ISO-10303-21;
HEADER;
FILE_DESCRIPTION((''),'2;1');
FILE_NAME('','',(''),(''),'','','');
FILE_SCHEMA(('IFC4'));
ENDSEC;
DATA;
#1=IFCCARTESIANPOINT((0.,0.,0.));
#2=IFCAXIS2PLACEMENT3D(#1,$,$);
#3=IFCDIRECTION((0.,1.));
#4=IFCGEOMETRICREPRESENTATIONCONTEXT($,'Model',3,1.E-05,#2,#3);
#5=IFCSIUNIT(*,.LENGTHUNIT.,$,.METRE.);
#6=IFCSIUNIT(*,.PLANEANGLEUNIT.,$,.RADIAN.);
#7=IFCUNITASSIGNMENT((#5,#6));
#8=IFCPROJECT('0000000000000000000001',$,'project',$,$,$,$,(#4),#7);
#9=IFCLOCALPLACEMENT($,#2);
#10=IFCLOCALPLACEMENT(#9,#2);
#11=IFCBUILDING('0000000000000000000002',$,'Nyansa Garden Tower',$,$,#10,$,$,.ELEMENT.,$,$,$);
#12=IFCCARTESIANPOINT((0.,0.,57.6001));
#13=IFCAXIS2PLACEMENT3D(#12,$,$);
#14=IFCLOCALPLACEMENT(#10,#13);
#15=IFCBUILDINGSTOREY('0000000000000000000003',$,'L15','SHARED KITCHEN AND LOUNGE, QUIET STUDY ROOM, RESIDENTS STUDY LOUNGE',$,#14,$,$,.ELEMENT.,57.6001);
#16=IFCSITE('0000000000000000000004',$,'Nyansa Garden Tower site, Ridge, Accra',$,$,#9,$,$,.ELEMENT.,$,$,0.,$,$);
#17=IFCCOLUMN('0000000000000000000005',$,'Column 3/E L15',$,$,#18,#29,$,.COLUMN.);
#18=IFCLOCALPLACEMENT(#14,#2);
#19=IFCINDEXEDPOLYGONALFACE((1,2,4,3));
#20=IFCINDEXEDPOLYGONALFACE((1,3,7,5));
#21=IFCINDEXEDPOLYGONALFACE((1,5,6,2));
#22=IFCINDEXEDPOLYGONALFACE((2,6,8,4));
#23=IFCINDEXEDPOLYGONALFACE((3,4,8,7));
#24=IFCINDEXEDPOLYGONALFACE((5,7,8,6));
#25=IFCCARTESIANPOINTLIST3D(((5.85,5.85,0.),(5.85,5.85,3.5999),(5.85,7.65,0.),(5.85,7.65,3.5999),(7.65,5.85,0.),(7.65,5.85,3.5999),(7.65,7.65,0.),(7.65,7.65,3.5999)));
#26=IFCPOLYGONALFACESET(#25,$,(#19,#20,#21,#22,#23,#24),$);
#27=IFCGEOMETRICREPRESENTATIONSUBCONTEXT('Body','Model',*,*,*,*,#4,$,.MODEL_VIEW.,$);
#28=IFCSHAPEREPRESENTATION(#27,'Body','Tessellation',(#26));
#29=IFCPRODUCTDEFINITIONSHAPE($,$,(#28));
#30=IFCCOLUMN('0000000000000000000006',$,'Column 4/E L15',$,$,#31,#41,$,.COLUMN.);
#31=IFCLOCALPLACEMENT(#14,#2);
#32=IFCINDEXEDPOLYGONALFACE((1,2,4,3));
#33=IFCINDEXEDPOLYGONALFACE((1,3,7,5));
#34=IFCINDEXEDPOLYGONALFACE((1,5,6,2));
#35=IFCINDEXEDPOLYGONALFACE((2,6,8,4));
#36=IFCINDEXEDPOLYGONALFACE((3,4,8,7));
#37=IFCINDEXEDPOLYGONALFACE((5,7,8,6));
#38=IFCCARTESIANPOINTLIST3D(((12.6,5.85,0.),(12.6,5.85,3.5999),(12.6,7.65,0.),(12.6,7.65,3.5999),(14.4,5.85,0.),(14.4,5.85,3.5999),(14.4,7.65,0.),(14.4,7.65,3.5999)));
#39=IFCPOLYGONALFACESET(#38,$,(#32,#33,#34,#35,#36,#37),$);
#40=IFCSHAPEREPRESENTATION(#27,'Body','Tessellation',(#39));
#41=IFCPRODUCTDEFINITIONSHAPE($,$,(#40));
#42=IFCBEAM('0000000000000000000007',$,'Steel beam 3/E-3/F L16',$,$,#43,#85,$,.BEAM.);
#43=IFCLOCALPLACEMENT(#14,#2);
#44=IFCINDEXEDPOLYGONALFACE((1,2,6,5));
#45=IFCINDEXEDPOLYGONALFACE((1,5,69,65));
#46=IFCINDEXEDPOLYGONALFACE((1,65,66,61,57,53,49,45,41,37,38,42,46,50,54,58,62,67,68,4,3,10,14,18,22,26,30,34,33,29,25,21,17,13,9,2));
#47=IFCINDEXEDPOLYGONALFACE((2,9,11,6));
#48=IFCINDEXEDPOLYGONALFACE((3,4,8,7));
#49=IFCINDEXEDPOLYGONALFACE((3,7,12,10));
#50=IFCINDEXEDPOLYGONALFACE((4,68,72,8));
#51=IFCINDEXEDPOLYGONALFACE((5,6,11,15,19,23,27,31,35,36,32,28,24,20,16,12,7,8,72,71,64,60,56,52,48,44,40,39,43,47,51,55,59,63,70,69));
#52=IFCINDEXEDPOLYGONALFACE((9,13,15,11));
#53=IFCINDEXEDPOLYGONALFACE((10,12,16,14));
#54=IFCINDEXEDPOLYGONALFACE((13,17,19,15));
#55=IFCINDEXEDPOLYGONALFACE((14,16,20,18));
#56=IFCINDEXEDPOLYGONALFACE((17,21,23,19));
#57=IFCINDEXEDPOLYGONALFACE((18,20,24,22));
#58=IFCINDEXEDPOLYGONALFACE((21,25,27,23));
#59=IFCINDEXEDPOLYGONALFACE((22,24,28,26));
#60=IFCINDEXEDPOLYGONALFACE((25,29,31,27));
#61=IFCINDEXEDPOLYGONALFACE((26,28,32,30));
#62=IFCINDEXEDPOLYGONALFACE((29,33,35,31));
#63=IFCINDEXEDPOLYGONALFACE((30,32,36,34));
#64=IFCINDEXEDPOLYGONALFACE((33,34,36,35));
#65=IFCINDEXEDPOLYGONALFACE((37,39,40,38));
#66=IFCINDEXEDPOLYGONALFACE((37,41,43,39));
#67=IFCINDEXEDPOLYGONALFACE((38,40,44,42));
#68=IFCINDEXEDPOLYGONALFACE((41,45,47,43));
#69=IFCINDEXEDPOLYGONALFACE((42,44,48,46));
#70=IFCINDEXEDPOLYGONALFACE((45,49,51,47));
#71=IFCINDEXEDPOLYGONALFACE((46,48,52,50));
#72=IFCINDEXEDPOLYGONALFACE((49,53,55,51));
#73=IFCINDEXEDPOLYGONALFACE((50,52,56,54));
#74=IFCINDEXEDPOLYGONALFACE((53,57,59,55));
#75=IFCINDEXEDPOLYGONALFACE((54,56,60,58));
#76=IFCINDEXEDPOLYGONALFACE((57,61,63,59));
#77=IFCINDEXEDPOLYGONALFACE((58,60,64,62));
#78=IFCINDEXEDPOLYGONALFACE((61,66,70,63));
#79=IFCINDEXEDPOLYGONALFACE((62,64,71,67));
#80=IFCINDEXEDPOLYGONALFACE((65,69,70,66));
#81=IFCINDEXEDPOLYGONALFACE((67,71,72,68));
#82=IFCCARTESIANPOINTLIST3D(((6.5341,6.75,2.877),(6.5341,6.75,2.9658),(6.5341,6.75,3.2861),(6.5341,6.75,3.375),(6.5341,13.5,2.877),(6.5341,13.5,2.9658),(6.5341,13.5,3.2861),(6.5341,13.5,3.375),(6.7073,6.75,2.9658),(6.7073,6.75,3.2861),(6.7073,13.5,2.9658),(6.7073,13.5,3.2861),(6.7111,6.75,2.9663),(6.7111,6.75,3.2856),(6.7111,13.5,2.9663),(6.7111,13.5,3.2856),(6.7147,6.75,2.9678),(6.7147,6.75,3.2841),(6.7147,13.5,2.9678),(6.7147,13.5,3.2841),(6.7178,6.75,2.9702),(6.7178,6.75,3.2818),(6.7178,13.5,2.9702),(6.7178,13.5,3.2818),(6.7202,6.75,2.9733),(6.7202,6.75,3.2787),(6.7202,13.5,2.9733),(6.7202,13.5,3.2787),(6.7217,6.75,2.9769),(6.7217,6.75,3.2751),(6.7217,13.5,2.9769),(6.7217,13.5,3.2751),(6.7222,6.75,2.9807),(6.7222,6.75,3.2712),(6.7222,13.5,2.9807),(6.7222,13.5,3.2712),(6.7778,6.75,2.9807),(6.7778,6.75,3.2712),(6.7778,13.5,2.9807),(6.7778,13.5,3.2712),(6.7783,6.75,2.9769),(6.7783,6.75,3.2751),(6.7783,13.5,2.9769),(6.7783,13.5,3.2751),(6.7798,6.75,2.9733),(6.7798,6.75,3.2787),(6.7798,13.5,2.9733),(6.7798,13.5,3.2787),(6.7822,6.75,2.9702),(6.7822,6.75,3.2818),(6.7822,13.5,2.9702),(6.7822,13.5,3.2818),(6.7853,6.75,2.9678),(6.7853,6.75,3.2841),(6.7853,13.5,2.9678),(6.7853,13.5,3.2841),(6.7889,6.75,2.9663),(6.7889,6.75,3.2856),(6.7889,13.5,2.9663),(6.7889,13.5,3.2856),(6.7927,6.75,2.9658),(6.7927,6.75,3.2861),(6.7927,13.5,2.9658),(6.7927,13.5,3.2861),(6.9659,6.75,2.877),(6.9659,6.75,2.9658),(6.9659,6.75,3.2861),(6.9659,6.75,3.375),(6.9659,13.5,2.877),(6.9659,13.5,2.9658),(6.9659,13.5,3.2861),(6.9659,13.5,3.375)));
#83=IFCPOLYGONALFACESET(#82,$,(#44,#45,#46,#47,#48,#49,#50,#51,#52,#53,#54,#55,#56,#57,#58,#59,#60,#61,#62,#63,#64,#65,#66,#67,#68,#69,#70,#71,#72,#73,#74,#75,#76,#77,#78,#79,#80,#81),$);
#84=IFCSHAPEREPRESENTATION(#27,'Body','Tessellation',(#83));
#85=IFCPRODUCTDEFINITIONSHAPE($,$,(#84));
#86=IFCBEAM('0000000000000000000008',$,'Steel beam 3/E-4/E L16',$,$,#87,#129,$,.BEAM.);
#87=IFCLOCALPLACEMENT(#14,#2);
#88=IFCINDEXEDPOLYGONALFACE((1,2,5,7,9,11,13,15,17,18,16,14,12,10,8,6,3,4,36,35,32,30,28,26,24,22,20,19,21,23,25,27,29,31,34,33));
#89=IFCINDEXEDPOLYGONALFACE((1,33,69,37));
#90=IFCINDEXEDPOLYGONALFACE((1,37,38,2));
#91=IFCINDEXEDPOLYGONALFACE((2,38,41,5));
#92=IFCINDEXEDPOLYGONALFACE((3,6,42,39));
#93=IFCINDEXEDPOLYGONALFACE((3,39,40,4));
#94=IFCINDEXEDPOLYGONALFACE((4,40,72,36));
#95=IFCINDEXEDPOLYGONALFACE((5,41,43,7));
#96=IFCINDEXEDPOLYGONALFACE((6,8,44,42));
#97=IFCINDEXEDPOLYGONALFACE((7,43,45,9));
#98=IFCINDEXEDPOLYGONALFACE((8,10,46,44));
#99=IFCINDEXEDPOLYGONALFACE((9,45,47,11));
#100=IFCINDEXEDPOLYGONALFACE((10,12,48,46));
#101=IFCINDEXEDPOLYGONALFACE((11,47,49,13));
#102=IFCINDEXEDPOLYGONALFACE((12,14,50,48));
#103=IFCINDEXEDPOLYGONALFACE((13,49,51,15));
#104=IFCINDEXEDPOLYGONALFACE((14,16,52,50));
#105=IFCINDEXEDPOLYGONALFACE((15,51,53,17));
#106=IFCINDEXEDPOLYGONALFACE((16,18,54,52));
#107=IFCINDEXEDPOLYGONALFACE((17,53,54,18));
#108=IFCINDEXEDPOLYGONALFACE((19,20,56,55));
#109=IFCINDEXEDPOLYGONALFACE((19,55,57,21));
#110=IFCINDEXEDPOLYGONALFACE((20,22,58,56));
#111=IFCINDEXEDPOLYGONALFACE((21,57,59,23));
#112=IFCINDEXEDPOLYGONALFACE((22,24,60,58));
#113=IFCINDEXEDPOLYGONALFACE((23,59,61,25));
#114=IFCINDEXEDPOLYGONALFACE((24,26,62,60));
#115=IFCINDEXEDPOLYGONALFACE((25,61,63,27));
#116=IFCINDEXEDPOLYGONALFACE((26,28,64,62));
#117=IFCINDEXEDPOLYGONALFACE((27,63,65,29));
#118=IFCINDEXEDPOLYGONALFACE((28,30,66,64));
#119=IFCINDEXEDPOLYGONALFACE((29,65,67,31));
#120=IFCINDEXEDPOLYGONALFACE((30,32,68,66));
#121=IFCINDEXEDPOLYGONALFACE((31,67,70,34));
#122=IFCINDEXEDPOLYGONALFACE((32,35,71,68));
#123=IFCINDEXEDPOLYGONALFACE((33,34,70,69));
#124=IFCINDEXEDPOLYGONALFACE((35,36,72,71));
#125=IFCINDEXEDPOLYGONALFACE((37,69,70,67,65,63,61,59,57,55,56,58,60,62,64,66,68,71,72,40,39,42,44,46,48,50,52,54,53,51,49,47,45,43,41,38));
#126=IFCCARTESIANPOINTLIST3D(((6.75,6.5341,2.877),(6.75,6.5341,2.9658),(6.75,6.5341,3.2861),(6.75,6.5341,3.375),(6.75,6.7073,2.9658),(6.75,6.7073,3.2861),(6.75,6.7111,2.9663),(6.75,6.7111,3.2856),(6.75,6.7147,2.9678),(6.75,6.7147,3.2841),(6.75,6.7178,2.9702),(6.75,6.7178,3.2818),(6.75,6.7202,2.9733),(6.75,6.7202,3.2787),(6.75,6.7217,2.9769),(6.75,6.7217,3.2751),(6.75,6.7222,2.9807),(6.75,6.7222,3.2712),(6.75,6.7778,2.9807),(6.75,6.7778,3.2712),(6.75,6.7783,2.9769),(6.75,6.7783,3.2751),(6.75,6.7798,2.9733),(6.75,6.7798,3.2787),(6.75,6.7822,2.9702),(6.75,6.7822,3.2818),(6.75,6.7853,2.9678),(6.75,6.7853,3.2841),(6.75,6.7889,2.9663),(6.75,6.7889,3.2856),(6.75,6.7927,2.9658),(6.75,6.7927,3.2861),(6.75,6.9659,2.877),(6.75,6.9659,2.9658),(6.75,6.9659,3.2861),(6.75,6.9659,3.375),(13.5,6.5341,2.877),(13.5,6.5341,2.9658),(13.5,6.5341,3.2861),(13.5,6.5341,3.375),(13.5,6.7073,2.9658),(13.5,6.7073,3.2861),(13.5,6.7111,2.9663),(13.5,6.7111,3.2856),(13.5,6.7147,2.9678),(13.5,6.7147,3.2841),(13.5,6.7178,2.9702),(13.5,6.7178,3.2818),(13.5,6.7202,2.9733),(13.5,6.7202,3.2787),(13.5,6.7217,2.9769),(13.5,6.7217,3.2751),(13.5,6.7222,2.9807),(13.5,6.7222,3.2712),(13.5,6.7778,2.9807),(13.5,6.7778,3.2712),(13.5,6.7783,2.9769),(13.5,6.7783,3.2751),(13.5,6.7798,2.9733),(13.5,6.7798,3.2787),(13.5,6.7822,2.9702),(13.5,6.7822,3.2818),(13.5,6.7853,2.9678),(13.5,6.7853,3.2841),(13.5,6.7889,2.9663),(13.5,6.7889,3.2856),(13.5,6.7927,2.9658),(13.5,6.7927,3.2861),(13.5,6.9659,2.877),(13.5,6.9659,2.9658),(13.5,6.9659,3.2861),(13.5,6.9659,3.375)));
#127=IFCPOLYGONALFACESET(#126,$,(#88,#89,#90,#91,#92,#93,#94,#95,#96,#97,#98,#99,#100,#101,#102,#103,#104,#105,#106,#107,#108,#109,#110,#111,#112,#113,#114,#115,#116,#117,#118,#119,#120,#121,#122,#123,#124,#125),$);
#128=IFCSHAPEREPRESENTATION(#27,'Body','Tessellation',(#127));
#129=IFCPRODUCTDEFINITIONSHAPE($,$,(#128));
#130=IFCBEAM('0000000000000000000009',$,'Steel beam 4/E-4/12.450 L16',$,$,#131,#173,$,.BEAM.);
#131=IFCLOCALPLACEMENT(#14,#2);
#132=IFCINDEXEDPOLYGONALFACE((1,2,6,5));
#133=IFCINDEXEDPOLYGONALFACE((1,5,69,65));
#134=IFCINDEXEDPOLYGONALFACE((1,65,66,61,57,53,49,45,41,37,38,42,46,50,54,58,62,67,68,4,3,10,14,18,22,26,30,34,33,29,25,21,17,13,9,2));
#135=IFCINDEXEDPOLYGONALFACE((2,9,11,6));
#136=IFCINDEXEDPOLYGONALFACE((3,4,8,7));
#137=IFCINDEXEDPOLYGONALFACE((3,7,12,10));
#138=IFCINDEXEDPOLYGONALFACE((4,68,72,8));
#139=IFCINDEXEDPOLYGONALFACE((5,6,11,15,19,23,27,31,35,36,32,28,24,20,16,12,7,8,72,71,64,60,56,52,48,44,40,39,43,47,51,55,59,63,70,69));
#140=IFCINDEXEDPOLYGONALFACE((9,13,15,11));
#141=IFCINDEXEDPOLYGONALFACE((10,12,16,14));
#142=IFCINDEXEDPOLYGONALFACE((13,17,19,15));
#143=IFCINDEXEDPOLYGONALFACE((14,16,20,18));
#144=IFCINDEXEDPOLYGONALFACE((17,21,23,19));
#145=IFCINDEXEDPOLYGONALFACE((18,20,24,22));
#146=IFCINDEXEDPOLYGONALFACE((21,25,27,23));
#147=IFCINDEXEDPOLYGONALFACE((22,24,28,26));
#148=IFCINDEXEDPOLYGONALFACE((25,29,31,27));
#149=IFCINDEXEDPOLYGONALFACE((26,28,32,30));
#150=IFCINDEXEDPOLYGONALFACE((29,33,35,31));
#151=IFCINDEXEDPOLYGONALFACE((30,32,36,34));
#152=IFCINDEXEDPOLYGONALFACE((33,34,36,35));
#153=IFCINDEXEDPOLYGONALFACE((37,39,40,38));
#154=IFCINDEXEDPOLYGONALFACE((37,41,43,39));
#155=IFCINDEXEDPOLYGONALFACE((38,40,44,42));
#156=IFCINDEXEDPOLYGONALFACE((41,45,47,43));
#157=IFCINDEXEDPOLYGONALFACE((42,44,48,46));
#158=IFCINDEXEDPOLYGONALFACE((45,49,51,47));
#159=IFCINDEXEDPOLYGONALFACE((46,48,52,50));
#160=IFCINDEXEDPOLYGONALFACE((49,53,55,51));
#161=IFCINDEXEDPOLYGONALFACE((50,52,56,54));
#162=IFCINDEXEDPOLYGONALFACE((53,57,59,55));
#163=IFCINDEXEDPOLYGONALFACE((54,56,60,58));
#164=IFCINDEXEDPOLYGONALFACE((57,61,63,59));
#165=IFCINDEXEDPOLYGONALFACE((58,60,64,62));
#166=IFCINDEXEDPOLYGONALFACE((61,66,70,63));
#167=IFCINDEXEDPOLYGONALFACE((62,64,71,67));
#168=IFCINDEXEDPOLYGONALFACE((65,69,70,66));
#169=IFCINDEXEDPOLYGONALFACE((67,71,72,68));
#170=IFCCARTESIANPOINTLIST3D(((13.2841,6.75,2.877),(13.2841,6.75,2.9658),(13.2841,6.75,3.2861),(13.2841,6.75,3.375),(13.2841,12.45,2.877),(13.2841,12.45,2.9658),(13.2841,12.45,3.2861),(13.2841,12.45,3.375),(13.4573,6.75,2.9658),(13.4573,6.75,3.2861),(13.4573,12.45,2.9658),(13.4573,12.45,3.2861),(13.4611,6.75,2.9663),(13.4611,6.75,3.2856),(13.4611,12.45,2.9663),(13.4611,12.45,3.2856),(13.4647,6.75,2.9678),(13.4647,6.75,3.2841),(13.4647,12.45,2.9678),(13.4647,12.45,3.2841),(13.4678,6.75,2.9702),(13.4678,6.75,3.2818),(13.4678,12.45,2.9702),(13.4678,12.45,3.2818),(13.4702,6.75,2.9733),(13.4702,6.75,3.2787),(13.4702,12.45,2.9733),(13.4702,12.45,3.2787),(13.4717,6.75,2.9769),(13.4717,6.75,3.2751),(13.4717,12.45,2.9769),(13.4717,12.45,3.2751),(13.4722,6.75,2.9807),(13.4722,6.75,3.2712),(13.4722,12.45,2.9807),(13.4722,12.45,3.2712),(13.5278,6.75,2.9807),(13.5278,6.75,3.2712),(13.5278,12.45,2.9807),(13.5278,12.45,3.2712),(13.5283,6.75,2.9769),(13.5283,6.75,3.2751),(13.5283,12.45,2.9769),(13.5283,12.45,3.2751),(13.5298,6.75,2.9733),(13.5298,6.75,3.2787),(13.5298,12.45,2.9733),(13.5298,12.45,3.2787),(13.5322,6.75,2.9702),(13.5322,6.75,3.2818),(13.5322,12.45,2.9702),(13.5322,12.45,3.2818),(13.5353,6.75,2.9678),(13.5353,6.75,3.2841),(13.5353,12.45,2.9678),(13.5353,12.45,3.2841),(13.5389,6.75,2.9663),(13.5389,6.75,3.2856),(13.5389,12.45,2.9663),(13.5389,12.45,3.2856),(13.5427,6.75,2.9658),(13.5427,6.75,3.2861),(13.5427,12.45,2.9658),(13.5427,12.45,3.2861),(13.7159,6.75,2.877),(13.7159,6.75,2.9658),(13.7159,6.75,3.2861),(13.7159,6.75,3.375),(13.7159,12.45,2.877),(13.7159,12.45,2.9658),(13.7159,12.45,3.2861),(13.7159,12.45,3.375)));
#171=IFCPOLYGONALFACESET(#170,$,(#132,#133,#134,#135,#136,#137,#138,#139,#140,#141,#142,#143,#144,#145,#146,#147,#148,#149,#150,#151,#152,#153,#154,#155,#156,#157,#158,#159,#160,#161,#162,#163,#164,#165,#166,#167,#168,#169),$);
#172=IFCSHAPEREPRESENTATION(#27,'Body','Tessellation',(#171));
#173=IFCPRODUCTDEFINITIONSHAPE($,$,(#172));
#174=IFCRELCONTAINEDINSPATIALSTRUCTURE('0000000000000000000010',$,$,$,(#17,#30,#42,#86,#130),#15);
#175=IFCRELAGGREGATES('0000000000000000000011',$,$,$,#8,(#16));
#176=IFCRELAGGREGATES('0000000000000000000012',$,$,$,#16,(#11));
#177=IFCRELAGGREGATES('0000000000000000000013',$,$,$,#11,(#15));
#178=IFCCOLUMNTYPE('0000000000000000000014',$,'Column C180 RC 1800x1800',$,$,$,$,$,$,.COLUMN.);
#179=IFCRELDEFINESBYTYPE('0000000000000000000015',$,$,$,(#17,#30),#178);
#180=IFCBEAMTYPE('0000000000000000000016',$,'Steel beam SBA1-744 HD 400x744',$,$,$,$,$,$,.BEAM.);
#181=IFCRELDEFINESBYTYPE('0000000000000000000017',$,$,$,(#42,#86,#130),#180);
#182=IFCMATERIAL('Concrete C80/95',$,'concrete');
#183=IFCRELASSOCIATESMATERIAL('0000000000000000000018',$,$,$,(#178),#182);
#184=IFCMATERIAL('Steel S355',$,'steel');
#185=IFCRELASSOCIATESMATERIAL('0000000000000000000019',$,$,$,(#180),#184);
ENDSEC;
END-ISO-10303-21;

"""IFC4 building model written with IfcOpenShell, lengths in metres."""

from ifc_helpers import new_model, si_unit, direction, frame, origin, origin_2d, place, context, subcontext, project, spatial, rectangle, i_section, extrude, material, material_profile, profile_set, type_object, element, save


model = new_model("IFC4")

# Units and contexts
model_context = context("Model", 3, precision=1e-05, world=origin(), true_north=direction((0.0, 1.0)))
body_context = subcontext(model_context, "Body", "Model", "MODEL_VIEW")
ifc_project = project(units=[si_unit("LENGTHUNIT", "METRE"), si_unit("PLANEANGLEUNIT", "RADIAN")], contexts=[model_context])

# Site, building, storey
site_placement = place(None, origin())
site = spatial("IfcSite", under=ifc_project, at=site_placement, Name="Nyansa Garden Tower site, Ridge, Accra", CompositionType="ELEMENT", RefElevation=0.0)
building_placement = place(site_placement, origin())
building = spatial("IfcBuilding", under=site, at=building_placement, Name="Nyansa Garden Tower", CompositionType="ELEMENT")
storey_placement = place(building_placement, frame((0.0, 0.0, 57.6001)))
storey = spatial("IfcBuildingStorey", under=building, at=storey_placement, Name="L15", Description="SHARED KITCHEN AND LOUNGE, QUIET STUDY ROOM, RESIDENTS STUDY LOUNGE", CompositionType="ELEMENT", Elevation=57.6001)

# Columns
ifc_material_1 = material(Name="Concrete C80/95", Category="concrete")
ifc_material_profile_1 = material_profile(ifc_material_1, rectangle(XDim=1.8, YDim=1.8, at=origin_2d()), Name="RC 1800x1800")
ifc_profile_set_1 = profile_set([ifc_material_profile_1], Name="Concrete C80/95")
column_type = type_object("IfcColumnType", Name="Column C180 RC 1800x1800", PredefinedType="COLUMN", material=ifc_profile_set_1)
for number, where, z_axis, x_axis, name in (
    (1, (6.75, 6.75, 0.0), (0.0, 0.0, 1.0), (1.0, 0.0, 0.0), "Column 3/E L15"),
    (2, (13.5, 6.75, 0.0), (0.0, 0.0, 1.0), (1.0, 0.0, 0.0), "Column 4/E L15"),
):
    element("IfcColumn", number, at=place(storey_placement, frame(where, z_axis=z_axis, x_axis=x_axis)), inside=storey, type_object=column_type, Name=name, PredefinedType="COLUMN", context=body_context, shape_type="SweptSolid", body=[
        extrude(rectangle(XDim=1.8, YDim=1.8, at=origin_2d()), origin(), (0.0, 0.0, 1.0), 3.5999),
    ])

# Beams
ifc_material_2 = material(Name="Steel S355", Category="steel")
ifc_material_profile_2 = material_profile(ifc_material_2, i_section(OverallWidth=0.4319, OverallDepth=0.498, WebThickness=0.0557, FlangeThickness=0.0889, FilletRadius=0.0149, at=origin_2d()), Name="HD 400x744")
ifc_profile_set_2 = profile_set([ifc_material_profile_2], Name="Steel S355")
beam_type = type_object("IfcBeamType", Name="Steel beam SBA1-744 HD 400x744", PredefinedType="BEAM", material=ifc_profile_set_2)
for number, where, z_axis, x_axis, name in (
    (3, (6.75, 6.75, 3.126), (0.0, 1.0, 0.0), (-1.0, 0.0, 0.0), "Steel beam 3/E-3/F L16"),
    (4, (6.75, 6.75, 3.126), (1.0, 0.0, 0.0), (0.0, 1.0, 0.0), "Steel beam 3/E-4/E L16"),
):
    element("IfcBeam", number, at=place(storey_placement, frame(where, z_axis=z_axis, x_axis=x_axis)), inside=storey, type_object=beam_type, Name=name, PredefinedType="BEAM", context=body_context, shape_type="SweptSolid", body=[
        extrude(i_section(OverallWidth=0.4319, OverallDepth=0.498, WebThickness=0.0557, FlangeThickness=0.0889, FilletRadius=0.0149, at=origin_2d()), origin(), (0.0, 0.0, 1.0), 6.75),
    ])
beam_1_placement = place(storey_placement, frame((13.5, 6.75, 3.126), z_axis=(0.0, 1.0, 0.0), x_axis=(-1.0, 0.0, 0.0)))
element("IfcBeam", 5, at=beam_1_placement, inside=storey, type_object=beam_type, Name="Steel beam 4/E-4/12.450 L16", PredefinedType="BEAM", context=body_context, shape_type="SweptSolid", body=[
    extrude(i_section(OverallWidth=0.4319, OverallDepth=0.498, WebThickness=0.0557, FlangeThickness=0.0889, FilletRadius=0.0149, at=origin_2d()), origin(), (0.0, 0.0, 1.0), 5.7),
])

save(model, "model.ifc")
